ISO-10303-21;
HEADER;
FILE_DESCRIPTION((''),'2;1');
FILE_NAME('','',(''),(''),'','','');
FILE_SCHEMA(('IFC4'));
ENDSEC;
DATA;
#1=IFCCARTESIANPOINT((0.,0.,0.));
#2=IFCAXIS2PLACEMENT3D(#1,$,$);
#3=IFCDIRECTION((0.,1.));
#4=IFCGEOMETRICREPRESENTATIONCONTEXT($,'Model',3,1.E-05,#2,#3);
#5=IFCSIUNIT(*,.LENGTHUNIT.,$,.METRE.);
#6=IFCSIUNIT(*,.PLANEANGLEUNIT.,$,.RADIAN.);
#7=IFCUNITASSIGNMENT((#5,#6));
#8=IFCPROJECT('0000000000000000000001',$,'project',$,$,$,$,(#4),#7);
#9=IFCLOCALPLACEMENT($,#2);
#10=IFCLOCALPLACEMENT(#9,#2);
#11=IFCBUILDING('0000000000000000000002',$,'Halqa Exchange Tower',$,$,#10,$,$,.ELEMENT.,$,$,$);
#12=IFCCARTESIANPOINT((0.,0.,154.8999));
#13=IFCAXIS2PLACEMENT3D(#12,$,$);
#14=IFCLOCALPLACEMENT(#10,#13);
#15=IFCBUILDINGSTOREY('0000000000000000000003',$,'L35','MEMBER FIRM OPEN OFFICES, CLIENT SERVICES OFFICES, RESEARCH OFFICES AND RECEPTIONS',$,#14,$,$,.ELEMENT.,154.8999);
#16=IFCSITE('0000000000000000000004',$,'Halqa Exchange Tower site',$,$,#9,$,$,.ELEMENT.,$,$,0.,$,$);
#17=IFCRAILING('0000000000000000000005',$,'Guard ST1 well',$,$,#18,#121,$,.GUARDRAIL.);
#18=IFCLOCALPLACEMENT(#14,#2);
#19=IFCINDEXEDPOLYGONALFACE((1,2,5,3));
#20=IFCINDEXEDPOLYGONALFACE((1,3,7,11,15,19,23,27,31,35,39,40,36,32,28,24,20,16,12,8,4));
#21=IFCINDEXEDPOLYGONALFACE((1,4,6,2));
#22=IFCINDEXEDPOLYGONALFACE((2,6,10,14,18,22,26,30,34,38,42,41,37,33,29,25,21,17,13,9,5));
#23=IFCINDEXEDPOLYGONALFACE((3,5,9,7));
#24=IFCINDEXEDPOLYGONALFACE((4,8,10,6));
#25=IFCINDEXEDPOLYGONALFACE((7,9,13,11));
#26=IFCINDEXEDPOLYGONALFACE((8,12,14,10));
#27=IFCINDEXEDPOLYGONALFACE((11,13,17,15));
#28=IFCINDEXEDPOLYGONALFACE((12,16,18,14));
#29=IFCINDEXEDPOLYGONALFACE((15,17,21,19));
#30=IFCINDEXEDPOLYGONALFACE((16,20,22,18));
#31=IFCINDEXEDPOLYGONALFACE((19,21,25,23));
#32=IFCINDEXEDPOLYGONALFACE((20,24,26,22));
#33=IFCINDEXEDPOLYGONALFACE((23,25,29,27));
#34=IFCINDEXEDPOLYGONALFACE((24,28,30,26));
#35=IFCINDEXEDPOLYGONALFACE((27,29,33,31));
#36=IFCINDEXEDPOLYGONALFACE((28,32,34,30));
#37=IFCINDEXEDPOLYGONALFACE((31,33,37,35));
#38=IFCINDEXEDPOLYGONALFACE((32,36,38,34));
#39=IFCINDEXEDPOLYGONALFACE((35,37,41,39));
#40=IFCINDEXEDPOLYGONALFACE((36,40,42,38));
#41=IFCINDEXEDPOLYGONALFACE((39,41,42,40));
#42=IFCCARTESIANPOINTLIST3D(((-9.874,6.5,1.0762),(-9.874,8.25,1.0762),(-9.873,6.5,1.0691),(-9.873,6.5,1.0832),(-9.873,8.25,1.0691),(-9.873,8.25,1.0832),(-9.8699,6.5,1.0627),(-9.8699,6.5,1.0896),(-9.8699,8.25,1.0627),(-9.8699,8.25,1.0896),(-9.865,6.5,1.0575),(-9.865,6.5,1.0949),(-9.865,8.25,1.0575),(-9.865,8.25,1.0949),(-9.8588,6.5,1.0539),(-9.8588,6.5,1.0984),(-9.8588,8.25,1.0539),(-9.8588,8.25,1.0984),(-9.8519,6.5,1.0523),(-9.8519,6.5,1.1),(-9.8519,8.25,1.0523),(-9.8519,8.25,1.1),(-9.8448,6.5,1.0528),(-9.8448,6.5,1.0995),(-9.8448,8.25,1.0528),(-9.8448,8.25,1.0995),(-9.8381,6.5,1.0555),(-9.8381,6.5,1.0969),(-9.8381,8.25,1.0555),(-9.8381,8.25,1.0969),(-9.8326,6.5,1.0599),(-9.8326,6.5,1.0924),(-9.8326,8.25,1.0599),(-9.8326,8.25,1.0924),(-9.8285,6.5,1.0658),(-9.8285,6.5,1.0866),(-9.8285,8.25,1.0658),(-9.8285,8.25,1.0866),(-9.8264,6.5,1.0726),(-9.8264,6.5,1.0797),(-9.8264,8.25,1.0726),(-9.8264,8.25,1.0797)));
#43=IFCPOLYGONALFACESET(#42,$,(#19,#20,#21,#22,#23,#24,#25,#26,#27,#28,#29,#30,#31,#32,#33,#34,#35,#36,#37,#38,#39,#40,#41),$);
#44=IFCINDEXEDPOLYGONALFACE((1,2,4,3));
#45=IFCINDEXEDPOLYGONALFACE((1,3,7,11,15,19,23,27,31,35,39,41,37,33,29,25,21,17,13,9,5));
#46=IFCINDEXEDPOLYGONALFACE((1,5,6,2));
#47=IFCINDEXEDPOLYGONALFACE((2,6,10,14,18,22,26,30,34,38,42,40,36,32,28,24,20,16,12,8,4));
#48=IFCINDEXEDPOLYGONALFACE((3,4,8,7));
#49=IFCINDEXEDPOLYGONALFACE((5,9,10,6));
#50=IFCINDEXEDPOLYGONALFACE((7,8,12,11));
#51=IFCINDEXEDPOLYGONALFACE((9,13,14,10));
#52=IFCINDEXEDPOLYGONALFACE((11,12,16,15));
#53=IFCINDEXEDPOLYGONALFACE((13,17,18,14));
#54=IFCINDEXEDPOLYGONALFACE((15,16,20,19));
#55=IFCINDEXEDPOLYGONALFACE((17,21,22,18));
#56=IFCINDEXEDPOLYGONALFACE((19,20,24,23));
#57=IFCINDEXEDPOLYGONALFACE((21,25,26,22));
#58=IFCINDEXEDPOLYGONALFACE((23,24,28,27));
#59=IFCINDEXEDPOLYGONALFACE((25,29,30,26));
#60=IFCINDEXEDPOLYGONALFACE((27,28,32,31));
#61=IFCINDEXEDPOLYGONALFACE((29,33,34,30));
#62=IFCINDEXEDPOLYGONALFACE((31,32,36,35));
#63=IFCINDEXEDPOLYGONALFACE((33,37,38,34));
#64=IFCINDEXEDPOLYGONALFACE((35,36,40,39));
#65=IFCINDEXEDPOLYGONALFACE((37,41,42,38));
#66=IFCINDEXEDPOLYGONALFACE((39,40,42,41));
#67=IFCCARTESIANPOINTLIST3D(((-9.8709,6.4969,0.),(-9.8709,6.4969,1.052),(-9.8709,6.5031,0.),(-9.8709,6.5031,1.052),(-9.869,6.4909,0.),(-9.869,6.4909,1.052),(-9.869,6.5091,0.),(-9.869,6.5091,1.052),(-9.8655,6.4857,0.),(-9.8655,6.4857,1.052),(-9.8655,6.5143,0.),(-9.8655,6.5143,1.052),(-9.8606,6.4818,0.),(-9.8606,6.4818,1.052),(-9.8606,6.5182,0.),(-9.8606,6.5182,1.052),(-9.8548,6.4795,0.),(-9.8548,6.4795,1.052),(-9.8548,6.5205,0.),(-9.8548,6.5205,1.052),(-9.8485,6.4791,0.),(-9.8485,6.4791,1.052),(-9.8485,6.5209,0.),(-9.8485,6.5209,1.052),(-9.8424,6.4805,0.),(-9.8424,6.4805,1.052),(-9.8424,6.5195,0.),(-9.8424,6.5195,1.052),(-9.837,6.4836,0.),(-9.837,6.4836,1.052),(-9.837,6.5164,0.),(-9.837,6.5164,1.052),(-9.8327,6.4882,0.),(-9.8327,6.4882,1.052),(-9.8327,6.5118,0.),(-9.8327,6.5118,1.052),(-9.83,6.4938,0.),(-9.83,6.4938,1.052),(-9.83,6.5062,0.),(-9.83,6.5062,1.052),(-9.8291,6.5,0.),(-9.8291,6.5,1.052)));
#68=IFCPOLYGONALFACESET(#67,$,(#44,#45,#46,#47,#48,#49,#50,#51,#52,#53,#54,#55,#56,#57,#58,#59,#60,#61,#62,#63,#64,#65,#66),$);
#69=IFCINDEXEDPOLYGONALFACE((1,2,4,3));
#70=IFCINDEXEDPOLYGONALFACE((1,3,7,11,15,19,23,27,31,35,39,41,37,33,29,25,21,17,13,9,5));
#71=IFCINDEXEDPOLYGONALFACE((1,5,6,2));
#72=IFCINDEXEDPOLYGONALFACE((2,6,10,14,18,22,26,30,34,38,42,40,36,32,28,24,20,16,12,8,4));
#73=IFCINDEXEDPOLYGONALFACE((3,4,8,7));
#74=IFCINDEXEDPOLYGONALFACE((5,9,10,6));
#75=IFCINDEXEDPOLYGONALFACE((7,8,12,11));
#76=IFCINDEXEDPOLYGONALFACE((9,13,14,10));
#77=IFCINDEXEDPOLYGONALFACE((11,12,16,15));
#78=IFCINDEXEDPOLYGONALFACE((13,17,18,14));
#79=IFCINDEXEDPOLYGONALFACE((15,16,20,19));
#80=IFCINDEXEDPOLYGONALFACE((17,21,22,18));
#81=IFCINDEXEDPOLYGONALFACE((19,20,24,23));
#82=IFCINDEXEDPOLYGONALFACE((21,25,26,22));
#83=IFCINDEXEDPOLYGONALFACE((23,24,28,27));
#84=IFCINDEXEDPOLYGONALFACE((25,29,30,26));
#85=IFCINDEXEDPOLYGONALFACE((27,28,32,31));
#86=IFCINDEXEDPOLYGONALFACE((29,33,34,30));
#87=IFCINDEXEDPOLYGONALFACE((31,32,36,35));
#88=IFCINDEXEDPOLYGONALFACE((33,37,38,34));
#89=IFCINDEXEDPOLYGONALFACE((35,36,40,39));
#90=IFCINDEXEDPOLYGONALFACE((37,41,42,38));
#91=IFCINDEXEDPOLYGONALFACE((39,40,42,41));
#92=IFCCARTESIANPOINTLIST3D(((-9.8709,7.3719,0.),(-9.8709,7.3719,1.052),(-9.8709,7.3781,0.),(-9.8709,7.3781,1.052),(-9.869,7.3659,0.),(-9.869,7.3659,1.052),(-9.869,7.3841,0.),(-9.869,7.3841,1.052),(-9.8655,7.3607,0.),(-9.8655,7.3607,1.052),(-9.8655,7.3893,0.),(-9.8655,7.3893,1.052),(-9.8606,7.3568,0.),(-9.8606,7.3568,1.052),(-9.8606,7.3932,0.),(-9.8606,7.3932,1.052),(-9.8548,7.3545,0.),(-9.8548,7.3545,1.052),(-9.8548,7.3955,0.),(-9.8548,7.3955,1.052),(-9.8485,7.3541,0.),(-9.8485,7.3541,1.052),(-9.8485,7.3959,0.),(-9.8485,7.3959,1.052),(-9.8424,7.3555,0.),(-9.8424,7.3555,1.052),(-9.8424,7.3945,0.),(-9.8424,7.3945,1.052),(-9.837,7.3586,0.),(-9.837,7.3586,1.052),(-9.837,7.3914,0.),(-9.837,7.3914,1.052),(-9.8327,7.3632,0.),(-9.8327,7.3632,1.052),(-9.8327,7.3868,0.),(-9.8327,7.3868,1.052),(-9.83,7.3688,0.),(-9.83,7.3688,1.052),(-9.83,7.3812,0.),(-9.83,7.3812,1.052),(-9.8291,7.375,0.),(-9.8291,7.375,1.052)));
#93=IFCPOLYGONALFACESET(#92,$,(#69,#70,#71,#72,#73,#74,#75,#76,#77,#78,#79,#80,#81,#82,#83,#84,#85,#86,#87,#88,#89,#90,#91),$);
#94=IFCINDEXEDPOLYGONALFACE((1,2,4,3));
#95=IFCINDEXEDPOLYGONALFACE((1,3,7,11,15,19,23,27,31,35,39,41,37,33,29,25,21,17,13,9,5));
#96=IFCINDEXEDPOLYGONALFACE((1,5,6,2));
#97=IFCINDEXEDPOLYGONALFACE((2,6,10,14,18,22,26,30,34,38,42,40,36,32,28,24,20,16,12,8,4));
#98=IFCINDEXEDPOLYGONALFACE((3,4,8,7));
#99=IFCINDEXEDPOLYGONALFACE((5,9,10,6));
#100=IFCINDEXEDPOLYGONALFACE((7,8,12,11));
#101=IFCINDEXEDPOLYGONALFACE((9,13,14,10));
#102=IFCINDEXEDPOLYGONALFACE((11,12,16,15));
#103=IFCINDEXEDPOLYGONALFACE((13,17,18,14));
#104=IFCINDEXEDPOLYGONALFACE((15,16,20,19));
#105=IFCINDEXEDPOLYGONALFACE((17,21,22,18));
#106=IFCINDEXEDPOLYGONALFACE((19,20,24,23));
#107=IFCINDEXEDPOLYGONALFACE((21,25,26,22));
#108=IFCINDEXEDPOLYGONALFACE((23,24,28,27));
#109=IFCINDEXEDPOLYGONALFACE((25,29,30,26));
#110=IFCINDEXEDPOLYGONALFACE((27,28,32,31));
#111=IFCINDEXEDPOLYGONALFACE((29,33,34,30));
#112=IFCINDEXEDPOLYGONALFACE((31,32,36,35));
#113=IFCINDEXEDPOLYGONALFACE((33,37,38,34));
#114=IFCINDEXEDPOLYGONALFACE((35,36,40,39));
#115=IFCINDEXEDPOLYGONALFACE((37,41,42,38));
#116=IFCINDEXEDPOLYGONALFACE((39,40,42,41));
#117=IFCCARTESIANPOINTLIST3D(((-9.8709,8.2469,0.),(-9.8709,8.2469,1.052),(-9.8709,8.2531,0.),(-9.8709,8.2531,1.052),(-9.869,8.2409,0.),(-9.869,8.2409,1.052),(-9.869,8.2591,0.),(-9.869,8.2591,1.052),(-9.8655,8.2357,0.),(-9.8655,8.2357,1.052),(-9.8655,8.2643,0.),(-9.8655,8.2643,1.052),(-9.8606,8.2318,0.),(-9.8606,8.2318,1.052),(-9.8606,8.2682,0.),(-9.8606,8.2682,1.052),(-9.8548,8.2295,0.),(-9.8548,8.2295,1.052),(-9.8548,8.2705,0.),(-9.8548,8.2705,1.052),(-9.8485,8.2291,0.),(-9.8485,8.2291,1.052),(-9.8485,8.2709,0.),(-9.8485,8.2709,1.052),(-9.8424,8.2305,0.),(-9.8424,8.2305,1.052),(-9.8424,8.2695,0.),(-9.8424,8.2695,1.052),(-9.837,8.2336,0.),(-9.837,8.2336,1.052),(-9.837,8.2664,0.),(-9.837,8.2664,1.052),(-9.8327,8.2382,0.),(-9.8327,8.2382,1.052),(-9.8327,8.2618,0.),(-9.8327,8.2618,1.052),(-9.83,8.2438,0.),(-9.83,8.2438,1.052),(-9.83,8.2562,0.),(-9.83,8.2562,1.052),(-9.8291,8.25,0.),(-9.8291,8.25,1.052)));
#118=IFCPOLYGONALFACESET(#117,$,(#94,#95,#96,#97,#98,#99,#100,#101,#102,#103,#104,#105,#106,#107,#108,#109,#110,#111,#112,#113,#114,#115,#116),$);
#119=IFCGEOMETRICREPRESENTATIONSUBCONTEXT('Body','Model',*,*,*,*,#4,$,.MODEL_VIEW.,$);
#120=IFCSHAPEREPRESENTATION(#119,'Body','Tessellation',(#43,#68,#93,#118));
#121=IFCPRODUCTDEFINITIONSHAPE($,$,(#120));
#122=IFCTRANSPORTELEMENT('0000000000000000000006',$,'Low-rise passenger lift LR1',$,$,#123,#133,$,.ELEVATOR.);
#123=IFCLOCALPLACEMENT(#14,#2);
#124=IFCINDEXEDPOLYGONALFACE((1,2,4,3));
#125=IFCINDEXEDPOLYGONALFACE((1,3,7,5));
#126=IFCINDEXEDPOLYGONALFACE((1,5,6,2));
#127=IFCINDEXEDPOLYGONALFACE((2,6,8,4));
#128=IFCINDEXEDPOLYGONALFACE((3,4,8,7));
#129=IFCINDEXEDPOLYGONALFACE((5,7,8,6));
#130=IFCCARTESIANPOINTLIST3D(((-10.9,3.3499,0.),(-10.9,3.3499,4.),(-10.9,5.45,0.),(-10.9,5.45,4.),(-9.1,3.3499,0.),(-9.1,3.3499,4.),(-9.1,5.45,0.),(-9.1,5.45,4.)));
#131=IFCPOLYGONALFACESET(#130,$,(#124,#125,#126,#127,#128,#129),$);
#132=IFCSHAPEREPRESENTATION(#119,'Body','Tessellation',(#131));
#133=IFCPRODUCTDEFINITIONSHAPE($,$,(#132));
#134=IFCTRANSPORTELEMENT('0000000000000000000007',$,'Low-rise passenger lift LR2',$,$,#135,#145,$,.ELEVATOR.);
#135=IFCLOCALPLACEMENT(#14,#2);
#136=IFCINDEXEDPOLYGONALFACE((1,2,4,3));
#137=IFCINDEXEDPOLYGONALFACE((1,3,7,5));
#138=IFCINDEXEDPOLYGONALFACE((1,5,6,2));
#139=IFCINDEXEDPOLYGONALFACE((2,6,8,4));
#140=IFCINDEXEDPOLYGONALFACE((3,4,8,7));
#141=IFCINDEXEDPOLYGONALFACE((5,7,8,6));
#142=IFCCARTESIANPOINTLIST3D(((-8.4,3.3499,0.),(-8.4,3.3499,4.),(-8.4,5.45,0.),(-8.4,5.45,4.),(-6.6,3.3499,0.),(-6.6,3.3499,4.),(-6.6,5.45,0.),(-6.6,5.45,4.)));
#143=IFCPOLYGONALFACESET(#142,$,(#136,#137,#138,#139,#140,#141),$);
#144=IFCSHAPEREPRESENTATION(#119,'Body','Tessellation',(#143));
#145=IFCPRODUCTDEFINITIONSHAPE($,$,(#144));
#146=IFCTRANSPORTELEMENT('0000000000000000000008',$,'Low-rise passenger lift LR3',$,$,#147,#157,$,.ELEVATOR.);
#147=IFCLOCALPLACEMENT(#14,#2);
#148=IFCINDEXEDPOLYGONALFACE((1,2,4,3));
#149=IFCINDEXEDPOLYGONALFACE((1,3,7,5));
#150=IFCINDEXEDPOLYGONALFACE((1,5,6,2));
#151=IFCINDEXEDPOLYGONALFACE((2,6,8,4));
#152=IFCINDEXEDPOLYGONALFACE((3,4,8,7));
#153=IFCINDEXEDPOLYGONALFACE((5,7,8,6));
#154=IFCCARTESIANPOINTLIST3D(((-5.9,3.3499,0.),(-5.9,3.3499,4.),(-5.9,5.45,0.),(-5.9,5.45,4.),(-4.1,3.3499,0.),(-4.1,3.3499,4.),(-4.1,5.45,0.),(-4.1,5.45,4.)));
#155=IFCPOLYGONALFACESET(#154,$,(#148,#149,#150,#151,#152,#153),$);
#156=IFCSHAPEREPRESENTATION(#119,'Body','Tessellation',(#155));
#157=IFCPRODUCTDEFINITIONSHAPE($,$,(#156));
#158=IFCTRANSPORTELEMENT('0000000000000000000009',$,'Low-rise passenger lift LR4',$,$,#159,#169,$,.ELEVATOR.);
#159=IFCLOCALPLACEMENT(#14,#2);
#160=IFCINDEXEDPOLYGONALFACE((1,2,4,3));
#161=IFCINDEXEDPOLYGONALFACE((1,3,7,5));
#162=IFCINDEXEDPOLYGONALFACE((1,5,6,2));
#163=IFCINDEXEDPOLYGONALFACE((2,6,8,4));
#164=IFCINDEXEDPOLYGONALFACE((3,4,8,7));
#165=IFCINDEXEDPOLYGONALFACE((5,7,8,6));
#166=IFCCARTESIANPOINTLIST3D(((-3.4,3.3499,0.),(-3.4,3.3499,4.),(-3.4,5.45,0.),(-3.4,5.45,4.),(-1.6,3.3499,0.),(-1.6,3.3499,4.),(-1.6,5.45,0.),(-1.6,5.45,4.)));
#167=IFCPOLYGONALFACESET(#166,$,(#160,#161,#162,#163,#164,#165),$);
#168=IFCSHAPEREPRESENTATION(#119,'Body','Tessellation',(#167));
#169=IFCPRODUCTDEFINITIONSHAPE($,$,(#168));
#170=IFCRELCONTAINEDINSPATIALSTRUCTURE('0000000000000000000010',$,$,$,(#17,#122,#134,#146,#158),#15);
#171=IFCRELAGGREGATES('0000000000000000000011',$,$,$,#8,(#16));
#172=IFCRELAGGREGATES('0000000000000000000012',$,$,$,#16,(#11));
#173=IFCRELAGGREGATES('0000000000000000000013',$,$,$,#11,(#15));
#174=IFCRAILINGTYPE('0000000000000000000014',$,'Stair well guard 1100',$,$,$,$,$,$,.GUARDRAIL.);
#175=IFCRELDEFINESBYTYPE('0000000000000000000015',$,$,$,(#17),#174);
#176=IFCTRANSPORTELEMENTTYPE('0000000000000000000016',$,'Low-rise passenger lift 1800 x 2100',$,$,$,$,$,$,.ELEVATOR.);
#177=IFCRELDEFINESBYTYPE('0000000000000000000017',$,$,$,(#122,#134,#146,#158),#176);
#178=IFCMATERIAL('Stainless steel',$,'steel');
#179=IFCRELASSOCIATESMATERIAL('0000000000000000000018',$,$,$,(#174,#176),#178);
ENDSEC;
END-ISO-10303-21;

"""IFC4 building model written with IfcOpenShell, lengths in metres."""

from ifc_helpers import new_model, si_unit, direction, frame, origin, origin_2d, place, context, subcontext, project, spatial, rectangle, circle, extrude, material, type_object, element, save


model = new_model("IFC4")

# Units and contexts
model_context = context("Model", 3, precision=1e-05, world=origin(), true_north=direction((0.0, 1.0)))
body_context = subcontext(model_context, "Body", "Model", "MODEL_VIEW")
ifc_project = project(units=[si_unit("LENGTHUNIT", "METRE"), si_unit("PLANEANGLEUNIT", "RADIAN")], contexts=[model_context])

# Site, building, storey
site_placement = place(None, origin())
site = spatial("IfcSite", under=ifc_project, at=site_placement, Name="Halqa Exchange Tower site", CompositionType="ELEMENT", RefElevation=0.0)
building_placement = place(site_placement, origin())
building = spatial("IfcBuilding", under=site, at=building_placement, Name="Halqa Exchange Tower", CompositionType="ELEMENT")
storey_placement = place(building_placement, frame((0.0, 0.0, 154.8999)))
storey = spatial("IfcBuildingStorey", under=building, at=storey_placement, Name="L35", Description="MEMBER FIRM OPEN OFFICES, CLIENT SERVICES OFFICES, RESEARCH OFFICES AND RECEPTIONS", CompositionType="ELEMENT", Elevation=154.8999)

# Shared definitions
ifc_material_1 = material(Name="Stainless steel", Category="steel")

# Railing
railing_type_1 = type_object("IfcRailingType", Name="Stair well guard 1100", PredefinedType="GUARDRAIL", material=ifc_material_1)
railing_1_placement = place(storey_placement, frame((-9.8501, 6.5, 0.0)))
element("IfcRailing", 1, at=railing_1_placement, inside=storey, type_object=railing_type_1, Name="Guard ST1 well", PredefinedType="GUARDRAIL", context=body_context, shape_type="SweptSolid", body=[
    extrude(circle(Radius=0.0239, at=origin_2d()), frame((0.0, 0.0, 1.0762), z_axis=(0.0, 1.0, 0.0), x_axis=(-1.0, 0.0, 0.0)), (0.0, 0.0, 1.0), 1.75),
    extrude(circle(Radius=0.021, at=origin_2d()), origin(), (0.0, 0.0, 1.0), 1.052),
    extrude(circle(Radius=0.021, at=origin_2d()), frame((0.0, 0.875, 0.0)), (0.0, 0.0, 1.0), 1.052),
    extrude(circle(Radius=0.021, at=origin_2d()), frame((0.0, 1.75, 0.0)), (0.0, 0.0, 1.0), 1.052),
])

# Transport elements
transport_element_type = type_object("IfcTransportElementType", Name="Low-rise passenger lift 1800 x 2100", PredefinedType="ELEVATOR", material=ifc_material_1)
for number, where, z_axis, x_axis, name in (
    (2, (-10.0, 4.3999, 0.0), (0.0, 0.0, 1.0), (1.0, 0.0, 0.0), "Low-rise passenger lift LR1"),
    (3, (-7.5, 4.3999, 0.0), (0.0, 0.0, 1.0), (1.0, 0.0, 0.0), "Low-rise passenger lift LR2"),
    (4, (-5.0, 4.3999, 0.0), (0.0, 0.0, 1.0), (1.0, 0.0, 0.0), "Low-rise passenger lift LR3"),
    (5, (-2.5, 4.3999, 0.0), (0.0, 0.0, 1.0), (1.0, 0.0, 0.0), "Low-rise passenger lift LR4"),
):
    element("IfcTransportElement", number, at=place(storey_placement, frame(where, z_axis=z_axis, x_axis=x_axis)), inside=storey, type_object=transport_element_type, Name=name, PredefinedType="ELEVATOR", context=body_context, shape_type="SweptSolid", body=[
        extrude(rectangle(XDim=1.8, YDim=2.1001, at=origin_2d()), origin(), (0.0, 0.0, 1.0), 4.0),
    ])

save(model, "model.ifc")
